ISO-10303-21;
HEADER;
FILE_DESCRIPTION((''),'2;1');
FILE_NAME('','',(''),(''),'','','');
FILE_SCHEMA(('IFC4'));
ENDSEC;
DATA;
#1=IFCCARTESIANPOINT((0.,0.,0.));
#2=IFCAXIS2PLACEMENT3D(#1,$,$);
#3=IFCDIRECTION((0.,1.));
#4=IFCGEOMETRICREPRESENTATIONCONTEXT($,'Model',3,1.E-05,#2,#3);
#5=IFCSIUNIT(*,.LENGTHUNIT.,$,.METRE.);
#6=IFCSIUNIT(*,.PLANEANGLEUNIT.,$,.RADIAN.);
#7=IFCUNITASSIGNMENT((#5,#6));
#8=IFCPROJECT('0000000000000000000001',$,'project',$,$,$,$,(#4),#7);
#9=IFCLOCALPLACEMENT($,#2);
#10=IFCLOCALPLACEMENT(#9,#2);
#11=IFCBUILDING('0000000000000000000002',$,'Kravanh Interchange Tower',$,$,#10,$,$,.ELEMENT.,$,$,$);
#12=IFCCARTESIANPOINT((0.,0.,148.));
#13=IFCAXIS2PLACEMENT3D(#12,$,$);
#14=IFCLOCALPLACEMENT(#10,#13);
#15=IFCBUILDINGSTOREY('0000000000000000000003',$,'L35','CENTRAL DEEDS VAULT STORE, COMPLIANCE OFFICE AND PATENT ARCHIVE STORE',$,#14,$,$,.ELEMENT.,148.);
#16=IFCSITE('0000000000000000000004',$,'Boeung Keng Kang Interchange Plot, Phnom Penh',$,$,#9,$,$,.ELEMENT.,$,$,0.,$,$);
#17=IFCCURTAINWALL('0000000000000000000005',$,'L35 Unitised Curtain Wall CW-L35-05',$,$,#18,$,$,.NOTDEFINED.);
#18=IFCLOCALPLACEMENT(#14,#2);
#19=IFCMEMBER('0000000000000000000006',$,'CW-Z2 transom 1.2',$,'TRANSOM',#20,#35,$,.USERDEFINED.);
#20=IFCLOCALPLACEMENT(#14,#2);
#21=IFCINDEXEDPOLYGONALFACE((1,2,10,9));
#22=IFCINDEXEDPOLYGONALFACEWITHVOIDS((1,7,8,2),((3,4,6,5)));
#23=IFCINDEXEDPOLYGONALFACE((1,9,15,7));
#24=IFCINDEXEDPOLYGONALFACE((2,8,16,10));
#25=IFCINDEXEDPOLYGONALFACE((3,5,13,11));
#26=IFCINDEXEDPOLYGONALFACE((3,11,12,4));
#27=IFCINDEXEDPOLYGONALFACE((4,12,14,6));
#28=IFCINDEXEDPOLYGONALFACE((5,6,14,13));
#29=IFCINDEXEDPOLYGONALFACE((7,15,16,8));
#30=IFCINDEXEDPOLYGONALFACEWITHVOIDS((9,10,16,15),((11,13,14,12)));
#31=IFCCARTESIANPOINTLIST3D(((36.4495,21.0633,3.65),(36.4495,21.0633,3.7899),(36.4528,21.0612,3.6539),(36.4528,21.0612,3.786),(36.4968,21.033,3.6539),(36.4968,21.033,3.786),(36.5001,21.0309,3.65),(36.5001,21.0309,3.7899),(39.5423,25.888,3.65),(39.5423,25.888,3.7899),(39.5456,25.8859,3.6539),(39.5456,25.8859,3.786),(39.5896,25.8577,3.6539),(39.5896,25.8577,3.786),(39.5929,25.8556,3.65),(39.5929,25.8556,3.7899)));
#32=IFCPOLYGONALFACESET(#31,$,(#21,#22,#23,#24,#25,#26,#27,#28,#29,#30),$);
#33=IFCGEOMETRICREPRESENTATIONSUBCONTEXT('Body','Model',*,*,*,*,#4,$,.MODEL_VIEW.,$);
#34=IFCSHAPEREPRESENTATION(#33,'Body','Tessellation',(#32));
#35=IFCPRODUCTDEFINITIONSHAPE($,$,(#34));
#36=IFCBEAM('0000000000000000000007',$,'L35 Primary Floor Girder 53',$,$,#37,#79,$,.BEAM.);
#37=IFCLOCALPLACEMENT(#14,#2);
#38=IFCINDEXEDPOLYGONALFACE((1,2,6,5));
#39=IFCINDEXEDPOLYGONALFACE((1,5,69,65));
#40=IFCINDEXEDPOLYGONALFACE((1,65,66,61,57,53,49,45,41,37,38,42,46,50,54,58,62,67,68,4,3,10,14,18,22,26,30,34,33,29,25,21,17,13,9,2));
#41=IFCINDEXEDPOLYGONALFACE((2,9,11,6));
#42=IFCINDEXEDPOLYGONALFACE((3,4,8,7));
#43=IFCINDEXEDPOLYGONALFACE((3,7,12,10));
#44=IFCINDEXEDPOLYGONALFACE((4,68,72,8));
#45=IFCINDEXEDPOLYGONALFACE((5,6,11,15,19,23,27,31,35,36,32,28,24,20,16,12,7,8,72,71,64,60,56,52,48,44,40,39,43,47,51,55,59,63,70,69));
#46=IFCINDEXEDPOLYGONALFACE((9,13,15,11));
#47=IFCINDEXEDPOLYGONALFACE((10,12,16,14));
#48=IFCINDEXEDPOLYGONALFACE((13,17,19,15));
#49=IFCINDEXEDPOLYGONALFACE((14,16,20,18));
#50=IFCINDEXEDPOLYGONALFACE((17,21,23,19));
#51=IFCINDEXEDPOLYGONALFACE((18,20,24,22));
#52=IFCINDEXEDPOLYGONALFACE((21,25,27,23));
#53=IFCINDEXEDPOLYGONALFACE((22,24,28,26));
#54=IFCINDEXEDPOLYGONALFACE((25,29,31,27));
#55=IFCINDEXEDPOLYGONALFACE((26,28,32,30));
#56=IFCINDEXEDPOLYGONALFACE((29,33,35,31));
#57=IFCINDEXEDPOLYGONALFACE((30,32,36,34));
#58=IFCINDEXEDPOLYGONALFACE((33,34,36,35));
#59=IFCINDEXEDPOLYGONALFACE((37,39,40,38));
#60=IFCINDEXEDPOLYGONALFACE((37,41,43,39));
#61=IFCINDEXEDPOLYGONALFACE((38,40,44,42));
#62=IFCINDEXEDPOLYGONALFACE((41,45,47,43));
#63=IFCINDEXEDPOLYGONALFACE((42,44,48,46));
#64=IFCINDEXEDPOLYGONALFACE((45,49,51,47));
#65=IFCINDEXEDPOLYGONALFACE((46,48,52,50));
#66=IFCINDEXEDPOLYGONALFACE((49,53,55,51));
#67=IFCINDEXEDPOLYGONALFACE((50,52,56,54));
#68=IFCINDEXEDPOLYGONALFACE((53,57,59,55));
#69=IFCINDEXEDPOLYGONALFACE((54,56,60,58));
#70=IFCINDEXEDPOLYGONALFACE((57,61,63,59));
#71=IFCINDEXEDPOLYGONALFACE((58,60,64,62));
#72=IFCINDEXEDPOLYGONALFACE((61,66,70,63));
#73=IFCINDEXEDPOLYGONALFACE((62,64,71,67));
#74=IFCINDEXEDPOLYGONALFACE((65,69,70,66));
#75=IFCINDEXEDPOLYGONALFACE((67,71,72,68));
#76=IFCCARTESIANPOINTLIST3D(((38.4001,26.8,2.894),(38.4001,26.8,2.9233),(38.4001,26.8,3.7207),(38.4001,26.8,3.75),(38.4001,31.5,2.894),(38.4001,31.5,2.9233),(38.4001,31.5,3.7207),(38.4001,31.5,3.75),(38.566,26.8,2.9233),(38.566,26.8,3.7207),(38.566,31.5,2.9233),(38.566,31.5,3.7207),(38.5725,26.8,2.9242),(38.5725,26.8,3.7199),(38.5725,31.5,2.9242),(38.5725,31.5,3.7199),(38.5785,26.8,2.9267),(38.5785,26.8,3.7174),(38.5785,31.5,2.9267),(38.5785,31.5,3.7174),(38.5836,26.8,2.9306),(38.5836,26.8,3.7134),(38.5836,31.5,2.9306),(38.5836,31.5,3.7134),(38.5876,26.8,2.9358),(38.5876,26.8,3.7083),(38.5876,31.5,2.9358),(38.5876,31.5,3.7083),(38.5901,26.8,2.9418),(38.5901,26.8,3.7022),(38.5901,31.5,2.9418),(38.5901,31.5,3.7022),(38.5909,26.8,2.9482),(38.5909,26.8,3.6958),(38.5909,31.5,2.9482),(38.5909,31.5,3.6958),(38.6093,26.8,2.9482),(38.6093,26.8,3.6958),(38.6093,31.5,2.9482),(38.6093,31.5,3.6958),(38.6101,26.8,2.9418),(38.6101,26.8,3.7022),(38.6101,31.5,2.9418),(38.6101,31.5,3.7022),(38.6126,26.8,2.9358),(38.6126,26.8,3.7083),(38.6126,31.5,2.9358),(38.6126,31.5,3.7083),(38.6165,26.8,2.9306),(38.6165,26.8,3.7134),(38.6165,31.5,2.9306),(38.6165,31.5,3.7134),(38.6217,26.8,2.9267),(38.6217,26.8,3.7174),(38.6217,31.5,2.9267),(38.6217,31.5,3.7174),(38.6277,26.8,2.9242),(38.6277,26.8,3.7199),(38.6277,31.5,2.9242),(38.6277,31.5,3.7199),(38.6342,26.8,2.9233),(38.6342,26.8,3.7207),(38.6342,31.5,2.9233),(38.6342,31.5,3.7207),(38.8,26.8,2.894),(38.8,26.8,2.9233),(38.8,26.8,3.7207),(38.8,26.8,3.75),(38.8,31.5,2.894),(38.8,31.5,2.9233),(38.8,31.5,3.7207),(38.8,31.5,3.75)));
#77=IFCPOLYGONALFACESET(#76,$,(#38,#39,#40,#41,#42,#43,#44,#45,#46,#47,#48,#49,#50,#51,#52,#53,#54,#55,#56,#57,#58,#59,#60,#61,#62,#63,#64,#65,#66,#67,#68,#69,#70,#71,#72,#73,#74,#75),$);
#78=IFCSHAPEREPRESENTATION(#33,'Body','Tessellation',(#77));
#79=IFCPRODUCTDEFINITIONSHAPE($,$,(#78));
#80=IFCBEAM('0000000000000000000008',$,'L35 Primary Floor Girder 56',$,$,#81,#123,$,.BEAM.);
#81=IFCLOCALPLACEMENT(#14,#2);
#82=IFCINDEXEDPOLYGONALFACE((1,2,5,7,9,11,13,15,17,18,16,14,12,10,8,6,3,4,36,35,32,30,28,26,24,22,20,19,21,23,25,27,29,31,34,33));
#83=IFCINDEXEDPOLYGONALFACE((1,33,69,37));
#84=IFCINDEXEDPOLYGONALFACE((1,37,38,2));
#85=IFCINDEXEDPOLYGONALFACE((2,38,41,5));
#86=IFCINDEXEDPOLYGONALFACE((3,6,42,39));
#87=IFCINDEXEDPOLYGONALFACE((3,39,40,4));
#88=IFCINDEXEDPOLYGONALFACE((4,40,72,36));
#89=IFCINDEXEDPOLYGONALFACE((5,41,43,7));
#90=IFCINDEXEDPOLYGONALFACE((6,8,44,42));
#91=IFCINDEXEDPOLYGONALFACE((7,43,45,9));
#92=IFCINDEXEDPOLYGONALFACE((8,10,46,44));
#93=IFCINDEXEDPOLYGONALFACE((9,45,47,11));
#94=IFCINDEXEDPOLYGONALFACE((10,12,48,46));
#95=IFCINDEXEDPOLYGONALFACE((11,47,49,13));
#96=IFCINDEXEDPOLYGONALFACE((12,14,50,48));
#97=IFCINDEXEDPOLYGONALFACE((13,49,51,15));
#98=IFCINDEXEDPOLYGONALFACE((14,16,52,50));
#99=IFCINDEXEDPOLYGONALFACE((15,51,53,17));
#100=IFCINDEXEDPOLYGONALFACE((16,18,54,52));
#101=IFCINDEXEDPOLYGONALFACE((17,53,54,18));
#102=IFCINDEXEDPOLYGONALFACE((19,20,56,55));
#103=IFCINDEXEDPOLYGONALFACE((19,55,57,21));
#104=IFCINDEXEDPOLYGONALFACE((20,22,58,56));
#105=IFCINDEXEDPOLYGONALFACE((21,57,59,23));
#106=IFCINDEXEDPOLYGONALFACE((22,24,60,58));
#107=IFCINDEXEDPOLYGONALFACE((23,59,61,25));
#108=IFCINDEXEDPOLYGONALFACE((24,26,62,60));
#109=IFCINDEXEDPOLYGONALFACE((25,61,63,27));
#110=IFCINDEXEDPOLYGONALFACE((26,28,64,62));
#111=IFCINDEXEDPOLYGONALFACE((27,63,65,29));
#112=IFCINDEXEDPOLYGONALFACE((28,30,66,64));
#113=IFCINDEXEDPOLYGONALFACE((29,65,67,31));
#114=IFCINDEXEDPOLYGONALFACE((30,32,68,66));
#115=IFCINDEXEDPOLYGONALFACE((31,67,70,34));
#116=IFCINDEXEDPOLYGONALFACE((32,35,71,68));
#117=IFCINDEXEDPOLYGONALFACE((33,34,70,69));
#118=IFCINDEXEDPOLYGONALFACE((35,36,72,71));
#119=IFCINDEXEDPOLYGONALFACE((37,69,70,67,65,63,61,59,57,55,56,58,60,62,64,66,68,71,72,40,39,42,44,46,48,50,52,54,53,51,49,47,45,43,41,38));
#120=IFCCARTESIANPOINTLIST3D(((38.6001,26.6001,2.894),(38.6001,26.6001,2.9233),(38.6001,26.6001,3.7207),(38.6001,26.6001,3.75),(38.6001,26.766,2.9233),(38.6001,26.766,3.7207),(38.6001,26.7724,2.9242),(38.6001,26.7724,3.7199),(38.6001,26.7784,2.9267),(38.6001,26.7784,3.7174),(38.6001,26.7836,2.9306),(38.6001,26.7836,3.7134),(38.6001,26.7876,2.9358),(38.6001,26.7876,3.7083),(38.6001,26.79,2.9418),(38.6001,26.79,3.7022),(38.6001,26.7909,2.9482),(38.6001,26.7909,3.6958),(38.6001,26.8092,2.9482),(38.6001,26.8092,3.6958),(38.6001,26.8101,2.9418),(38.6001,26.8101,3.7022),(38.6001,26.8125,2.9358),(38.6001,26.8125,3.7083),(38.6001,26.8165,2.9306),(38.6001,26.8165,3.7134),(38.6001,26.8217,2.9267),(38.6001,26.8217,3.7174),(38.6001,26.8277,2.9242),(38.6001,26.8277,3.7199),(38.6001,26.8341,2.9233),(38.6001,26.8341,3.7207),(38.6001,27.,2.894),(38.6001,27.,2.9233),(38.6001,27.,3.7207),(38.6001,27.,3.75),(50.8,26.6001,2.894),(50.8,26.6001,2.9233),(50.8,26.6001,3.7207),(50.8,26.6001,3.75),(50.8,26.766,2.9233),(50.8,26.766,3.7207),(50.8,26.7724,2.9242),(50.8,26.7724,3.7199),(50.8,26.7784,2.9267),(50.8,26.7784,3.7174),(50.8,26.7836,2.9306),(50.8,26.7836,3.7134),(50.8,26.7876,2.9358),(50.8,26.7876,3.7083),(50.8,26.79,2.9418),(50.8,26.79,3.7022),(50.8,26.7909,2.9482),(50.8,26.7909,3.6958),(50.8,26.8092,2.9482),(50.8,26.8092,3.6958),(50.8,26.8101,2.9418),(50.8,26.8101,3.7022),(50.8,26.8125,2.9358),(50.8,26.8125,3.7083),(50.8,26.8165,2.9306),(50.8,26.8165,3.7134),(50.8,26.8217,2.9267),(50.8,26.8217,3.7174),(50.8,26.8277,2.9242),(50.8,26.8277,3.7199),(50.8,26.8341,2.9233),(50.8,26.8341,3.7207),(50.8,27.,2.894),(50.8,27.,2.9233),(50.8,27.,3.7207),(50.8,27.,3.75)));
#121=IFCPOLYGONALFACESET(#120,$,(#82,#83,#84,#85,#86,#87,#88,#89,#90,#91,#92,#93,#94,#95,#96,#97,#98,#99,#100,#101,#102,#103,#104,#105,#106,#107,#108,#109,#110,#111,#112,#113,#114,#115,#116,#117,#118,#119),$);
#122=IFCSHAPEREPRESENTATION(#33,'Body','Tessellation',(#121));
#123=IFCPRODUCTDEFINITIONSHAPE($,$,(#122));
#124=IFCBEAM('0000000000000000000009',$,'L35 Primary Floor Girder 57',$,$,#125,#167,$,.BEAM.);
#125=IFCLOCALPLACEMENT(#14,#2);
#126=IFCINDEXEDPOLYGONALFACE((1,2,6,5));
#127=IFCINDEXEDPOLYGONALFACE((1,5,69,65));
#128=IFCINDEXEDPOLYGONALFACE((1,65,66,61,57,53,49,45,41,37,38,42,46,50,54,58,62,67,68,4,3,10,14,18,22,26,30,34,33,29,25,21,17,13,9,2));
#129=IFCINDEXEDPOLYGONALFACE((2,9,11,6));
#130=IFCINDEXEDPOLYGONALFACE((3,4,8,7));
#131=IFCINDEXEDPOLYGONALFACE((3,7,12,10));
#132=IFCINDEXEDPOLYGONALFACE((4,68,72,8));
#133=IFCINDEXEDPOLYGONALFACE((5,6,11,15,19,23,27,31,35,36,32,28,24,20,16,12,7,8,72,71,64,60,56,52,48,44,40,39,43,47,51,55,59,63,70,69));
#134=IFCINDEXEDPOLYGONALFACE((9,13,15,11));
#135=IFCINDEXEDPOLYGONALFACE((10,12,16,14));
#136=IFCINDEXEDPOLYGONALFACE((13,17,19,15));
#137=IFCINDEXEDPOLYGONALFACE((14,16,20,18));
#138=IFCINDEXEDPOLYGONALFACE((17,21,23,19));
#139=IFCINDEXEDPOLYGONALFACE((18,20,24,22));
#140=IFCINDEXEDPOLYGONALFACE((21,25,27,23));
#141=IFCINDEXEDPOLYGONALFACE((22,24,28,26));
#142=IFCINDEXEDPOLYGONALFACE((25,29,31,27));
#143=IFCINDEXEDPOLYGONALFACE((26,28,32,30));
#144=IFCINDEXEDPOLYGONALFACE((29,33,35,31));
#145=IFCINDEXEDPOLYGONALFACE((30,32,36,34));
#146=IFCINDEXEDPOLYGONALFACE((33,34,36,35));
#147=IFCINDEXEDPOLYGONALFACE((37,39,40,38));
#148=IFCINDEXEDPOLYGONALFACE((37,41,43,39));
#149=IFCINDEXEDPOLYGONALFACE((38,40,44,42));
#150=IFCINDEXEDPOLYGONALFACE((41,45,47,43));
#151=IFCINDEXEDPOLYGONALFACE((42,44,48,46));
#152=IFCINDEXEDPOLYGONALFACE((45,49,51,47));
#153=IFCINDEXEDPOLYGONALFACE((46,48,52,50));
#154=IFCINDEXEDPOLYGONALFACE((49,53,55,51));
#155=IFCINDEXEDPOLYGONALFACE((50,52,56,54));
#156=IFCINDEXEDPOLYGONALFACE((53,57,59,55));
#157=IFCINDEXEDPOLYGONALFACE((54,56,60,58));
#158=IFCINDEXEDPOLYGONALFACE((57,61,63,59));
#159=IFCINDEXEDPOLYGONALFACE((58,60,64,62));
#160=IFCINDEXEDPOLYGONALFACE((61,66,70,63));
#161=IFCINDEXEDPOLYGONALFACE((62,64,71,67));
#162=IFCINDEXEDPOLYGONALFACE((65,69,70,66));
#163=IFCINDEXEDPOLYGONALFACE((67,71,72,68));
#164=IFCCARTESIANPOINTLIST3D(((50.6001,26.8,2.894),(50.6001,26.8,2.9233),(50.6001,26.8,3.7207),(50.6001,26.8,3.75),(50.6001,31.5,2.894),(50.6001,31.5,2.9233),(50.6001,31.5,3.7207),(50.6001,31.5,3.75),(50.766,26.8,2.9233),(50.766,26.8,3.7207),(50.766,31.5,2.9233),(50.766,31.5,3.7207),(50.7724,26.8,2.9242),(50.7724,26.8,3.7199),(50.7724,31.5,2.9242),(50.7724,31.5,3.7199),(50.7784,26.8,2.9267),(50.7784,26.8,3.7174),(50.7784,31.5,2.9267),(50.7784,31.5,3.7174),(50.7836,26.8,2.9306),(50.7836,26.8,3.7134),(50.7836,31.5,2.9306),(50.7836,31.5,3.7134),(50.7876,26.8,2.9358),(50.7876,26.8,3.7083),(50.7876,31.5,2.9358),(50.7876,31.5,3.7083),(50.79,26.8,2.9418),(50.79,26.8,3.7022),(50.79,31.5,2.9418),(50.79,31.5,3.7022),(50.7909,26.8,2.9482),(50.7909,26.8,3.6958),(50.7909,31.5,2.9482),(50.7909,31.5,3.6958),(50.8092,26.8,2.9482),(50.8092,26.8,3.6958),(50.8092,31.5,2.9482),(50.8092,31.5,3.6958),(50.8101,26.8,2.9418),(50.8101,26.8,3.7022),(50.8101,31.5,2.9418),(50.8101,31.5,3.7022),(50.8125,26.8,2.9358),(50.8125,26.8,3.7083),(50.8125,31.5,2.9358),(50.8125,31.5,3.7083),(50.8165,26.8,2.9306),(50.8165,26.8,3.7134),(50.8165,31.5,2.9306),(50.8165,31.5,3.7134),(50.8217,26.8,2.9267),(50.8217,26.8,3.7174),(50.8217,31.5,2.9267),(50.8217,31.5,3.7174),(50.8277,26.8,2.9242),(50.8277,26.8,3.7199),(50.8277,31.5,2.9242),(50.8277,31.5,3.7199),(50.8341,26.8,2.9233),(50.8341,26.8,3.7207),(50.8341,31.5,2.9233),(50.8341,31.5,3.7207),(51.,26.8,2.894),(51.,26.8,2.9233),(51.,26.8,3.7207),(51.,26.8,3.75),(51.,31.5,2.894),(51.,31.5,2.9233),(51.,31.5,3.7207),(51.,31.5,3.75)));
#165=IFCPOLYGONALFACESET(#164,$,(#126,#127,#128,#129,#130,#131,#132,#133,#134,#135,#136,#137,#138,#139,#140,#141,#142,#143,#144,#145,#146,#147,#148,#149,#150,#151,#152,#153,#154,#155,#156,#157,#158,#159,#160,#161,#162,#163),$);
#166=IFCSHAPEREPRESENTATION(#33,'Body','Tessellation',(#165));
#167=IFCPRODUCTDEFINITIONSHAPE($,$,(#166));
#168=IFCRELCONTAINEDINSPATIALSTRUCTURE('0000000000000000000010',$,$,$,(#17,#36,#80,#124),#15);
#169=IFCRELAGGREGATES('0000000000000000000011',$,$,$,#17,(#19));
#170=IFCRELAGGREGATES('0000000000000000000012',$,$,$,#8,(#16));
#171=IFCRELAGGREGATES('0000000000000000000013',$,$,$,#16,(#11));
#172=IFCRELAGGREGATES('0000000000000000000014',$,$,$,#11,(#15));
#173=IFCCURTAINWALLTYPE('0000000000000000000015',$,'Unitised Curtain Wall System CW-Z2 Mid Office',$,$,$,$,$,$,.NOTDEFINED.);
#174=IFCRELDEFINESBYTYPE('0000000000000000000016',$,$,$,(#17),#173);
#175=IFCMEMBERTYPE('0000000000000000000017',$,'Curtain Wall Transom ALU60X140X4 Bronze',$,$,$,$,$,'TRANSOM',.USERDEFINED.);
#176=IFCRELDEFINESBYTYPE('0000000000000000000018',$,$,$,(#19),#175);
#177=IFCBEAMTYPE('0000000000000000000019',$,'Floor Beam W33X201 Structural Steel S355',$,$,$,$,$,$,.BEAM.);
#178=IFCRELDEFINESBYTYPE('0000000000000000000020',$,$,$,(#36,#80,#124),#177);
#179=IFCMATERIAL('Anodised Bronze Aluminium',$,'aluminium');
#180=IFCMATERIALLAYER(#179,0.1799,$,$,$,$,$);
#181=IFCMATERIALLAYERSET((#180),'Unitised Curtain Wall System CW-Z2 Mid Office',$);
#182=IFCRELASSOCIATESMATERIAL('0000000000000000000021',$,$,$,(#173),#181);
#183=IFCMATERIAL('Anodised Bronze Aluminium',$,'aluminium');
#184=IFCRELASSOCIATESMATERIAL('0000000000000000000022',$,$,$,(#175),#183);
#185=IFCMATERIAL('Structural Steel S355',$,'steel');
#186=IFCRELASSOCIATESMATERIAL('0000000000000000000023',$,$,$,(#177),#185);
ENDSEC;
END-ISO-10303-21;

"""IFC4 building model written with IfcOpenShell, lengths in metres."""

from ifc_helpers import new_model, si_unit, direction, frame, origin, origin_2d, place, context, subcontext, project, spatial, hollow_rectangle, i_section, extrude, material, layer, layer_set, material_profile, profile_set, type_object, element, aggregate, save


model = new_model("IFC4")

# Units and contexts
model_context = context("Model", 3, precision=1e-05, world=origin(), true_north=direction((0.0, 1.0)))
body_context = subcontext(model_context, "Body", "Model", "MODEL_VIEW")
ifc_project = project(units=[si_unit("LENGTHUNIT", "METRE"), si_unit("PLANEANGLEUNIT", "RADIAN")], contexts=[model_context])

# Site, building, storey
site_placement = place(None, origin())
site = spatial("IfcSite", under=ifc_project, at=site_placement, Name="Boeung Keng Kang Interchange Plot, Phnom Penh", CompositionType="ELEMENT", RefElevation=0.0)
building_placement = place(site_placement, origin())
building = spatial("IfcBuilding", under=site, at=building_placement, Name="Kravanh Interchange Tower", CompositionType="ELEMENT")
storey_placement = place(building_placement, frame((0.0, 0.0, 148.0)))
storey = spatial("IfcBuildingStorey", under=building, at=storey_placement, Name="L35", Description="CENTRAL DEEDS VAULT STORE, COMPLIANCE OFFICE AND PATENT ARCHIVE STORE", CompositionType="ELEMENT", Elevation=148.0)

# Shared definitions
ifc_material_1 = material(Name="Anodised Bronze Aluminium", Category="aluminium")
ifc_layer_1 = layer(ifc_material_1, 0.1799)
ifc_layer_set_1 = layer_set([ifc_layer_1], Name="Unitised Curtain Wall System CW-Z2 Mid Office")
curtain_wall_type = type_object("IfcCurtainWallType", Name="Unitised Curtain Wall System CW-Z2 Mid Office", PredefinedType="NOTDEFINED", material=ifc_layer_set_1)

# Curtain wall
curtain_wall_1_placement = place(storey_placement, origin())
curtain_wall_1 = element("IfcCurtainWall", 1, at=curtain_wall_1_placement, inside=storey, type_object=curtain_wall_type, Name="L35 Unitised Curtain Wall CW-L35-05", PredefinedType="NOTDEFINED")

# Member
ifc_material_2 = material(Name="Anodised Bronze Aluminium", Category="aluminium")
ifc_material_profile_1 = material_profile(ifc_material_2, hollow_rectangle(XDim=0.0601, YDim=0.1399, WallThickness=0.0039, at=origin_2d()), Name="ALU60X140X4")
ifc_profile_set_1 = profile_set([ifc_material_profile_1], Name="Anodised Bronze Aluminium")
member_type_1 = type_object("IfcMemberType", Name="Curtain Wall Transom ALU60X140X4 Bronze", ElementType="TRANSOM", PredefinedType="USERDEFINED", material=ifc_profile_set_1)
member_1_placement = place(storey_placement, frame((39.5676, 25.8718, 3.72), z_axis=(-0.539668, -0.841878, 0.0), x_axis=(0.841878, -0.539668, 0.0)))
member_1 = element("IfcMember", 2, at=member_1_placement, type_object=member_type_1, Name="CW-Z2 transom 1.2", ObjectType="TRANSOM", PredefinedType="USERDEFINED", context=body_context, shape_type="SweptSolid", body=[
    extrude(hollow_rectangle(XDim=0.0601, YDim=0.1399, WallThickness=0.0039, at=origin_2d()), origin(), (0.0, 0.0, 1.0), 5.731),
])
aggregate(curtain_wall_1, [member_1])

# Beams
ifc_material_3 = material(Name="Structural Steel S355", Category="steel")
ifc_material_profile_2 = material_profile(ifc_material_3, i_section(OverallWidth=0.3999, OverallDepth=0.856, WebThickness=0.0183, FlangeThickness=0.0293, FilletRadius=0.0249, at=origin_2d()), Name="W33X201")
ifc_profile_set_2 = profile_set([ifc_material_profile_2], Name="Structural Steel S355")
beam_type_1 = type_object("IfcBeamType", Name="Floor Beam W33X201 Structural Steel S355", PredefinedType="BEAM", material=ifc_profile_set_2)
beam_1_placement = place(storey_placement, frame((38.6001, 26.8, 3.322), z_axis=(0.0, 1.0, 0.0), x_axis=(-1.0, 0.0, 0.0)))
element("IfcBeam", 3, at=beam_1_placement, inside=storey, type_object=beam_type_1, Name="L35 Primary Floor Girder 53", PredefinedType="BEAM", context=body_context, shape_type="SweptSolid", body=[
    extrude(i_section(OverallWidth=0.3999, OverallDepth=0.856, WebThickness=0.0183, FlangeThickness=0.0293, FilletRadius=0.0249, at=origin_2d()), origin(), (0.0, 0.0, 1.0), 4.7),
])
beam_2_placement = place(storey_placement, frame((38.6001, 26.8, 3.322), z_axis=(1.0, 0.0, 0.0), x_axis=(0.0, 1.0, 0.0)))
element("IfcBeam", 4, at=beam_2_placement, inside=storey, type_object=beam_type_1, Name="L35 Primary Floor Girder 56", PredefinedType="BEAM", context=body_context, shape_type="SweptSolid", body=[
    extrude(i_section(OverallWidth=0.3999, OverallDepth=0.856, WebThickness=0.0183, FlangeThickness=0.0293, FilletRadius=0.0249, at=origin_2d()), origin(), (0.0, 0.0, 1.0), 12.2),
])
beam_3_placement = place(storey_placement, frame((50.8, 26.8, 3.322), z_axis=(0.0, 1.0, 0.0), x_axis=(-1.0, 0.0, 0.0)))
element("IfcBeam", 5, at=beam_3_placement, inside=storey, type_object=beam_type_1, Name="L35 Primary Floor Girder 57", PredefinedType="BEAM", context=body_context, shape_type="SweptSolid", body=[
    extrude(i_section(OverallWidth=0.3999, OverallDepth=0.856, WebThickness=0.0183, FlangeThickness=0.0293, FilletRadius=0.0249, at=origin_2d()), origin(), (0.0, 0.0, 1.0), 4.7),
])

save(model, "model.ifc")
